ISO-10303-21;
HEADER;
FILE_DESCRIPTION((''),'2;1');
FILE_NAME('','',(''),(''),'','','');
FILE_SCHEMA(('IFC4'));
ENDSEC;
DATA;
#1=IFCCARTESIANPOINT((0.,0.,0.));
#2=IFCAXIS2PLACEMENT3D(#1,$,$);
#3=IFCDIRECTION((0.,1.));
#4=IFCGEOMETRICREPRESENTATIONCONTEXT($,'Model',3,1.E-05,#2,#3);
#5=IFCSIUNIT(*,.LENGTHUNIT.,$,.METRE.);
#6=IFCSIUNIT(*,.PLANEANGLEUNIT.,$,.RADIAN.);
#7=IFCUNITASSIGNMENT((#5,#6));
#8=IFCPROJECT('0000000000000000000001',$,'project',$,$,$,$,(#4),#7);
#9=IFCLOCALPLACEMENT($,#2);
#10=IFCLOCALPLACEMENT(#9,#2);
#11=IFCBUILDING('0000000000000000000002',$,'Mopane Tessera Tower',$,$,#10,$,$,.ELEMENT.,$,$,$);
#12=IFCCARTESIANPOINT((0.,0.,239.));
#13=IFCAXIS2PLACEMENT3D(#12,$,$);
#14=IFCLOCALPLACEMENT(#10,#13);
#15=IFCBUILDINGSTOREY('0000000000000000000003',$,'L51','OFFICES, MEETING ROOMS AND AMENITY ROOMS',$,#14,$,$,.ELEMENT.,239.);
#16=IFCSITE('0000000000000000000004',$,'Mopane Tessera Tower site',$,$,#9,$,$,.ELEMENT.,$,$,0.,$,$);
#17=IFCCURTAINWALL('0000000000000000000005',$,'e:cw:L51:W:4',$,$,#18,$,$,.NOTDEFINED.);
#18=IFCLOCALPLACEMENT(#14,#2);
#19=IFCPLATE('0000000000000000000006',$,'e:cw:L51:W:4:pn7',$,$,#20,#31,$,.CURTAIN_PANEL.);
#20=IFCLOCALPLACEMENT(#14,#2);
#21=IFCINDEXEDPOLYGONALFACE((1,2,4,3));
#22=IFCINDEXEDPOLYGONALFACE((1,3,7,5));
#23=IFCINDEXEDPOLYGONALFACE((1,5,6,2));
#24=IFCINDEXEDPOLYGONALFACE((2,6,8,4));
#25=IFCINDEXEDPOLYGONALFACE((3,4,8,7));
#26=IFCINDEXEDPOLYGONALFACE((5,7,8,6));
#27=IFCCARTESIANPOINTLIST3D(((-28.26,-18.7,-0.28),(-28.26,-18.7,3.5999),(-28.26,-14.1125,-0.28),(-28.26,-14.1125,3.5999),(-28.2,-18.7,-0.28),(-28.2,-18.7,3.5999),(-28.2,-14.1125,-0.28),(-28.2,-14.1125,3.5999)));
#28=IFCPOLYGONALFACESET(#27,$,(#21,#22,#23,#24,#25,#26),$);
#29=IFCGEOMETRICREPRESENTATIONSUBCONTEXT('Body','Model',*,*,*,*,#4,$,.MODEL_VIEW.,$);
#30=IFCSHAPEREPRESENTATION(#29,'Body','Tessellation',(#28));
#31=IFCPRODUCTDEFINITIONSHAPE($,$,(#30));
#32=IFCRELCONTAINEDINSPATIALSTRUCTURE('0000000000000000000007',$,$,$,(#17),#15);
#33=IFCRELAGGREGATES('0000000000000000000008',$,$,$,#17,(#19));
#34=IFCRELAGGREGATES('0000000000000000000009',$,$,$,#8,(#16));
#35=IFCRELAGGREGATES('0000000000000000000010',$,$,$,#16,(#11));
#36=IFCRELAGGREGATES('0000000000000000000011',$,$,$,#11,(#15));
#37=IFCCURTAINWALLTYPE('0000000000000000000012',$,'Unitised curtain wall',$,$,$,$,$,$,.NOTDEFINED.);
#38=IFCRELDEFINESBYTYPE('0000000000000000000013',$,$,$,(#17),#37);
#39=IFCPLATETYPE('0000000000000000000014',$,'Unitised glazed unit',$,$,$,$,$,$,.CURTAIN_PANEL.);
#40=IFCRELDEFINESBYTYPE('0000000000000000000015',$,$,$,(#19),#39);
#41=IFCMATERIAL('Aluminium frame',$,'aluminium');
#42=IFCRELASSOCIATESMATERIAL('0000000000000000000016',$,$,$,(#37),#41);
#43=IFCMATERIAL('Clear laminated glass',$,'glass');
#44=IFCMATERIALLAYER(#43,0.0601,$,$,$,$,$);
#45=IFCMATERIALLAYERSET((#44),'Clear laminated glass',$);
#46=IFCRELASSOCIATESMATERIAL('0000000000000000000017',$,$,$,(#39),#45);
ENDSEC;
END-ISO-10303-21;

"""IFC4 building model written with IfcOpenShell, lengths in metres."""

from ifc_helpers import new_model, si_unit, direction, frame, origin, origin_2d, place, context, subcontext, project, spatial, rectangle, extrude, material, layer, layer_set, type_object, element, aggregate, save


model = new_model("IFC4")

# Units and contexts
model_context = context("Model", 3, precision=1e-05, world=origin(), true_north=direction((0.0, 1.0)))
body_context = subcontext(model_context, "Body", "Model", "MODEL_VIEW")
ifc_project = project(units=[si_unit("LENGTHUNIT", "METRE"), si_unit("PLANEANGLEUNIT", "RADIAN")], contexts=[model_context])

# Site, building, storey
site_placement = place(None, origin())
site = spatial("IfcSite", under=ifc_project, at=site_placement, Name="Mopane Tessera Tower site", CompositionType="ELEMENT", RefElevation=0.0)
building_placement = place(site_placement, origin())
building = spatial("IfcBuilding", under=site, at=building_placement, Name="Mopane Tessera Tower", CompositionType="ELEMENT")
storey_placement = place(building_placement, frame((0.0, 0.0, 239.0)))
storey = spatial("IfcBuildingStorey", under=building, at=storey_placement, Name="L51", Description="OFFICES, MEETING ROOMS AND AMENITY ROOMS", CompositionType="ELEMENT", Elevation=239.0)

# Curtain wall
ifc_material_1 = material(Name="Aluminium frame", Category="aluminium")
curtain_wall_type = type_object("IfcCurtainWallType", Name="Unitised curtain wall", PredefinedType="NOTDEFINED", material=ifc_material_1)
curtain_wall_1_placement = place(storey_placement, origin())
curtain_wall_1 = element("IfcCurtainWall", 1, at=curtain_wall_1_placement, inside=storey, type_object=curtain_wall_type, Name="e:cw:L51:W:4", PredefinedType="NOTDEFINED")

# Plate
ifc_material_2 = material(Name="Clear laminated glass", Category="glass")
ifc_layer = layer(ifc_material_2, 0.0601)
ifc_layer_set = layer_set([ifc_layer], Name="Clear laminated glass")
plate_type = type_object("IfcPlateType", Name="Unitised glazed unit", PredefinedType="CURTAIN_PANEL", material=ifc_layer_set)
plate_1_placement = place(storey_placement, frame((-28.23, -16.4062, -0.28), z_axis=(0.0, 0.0, 1.0), x_axis=(0.0, -1.0, 0.0)))
plate_1 = element("IfcPlate", 2, at=plate_1_placement, type_object=plate_type, Name="e:cw:L51:W:4:pn7", PredefinedType="CURTAIN_PANEL", context=body_context, shape_type="SweptSolid", body=[
    extrude(rectangle(XDim=4.5874, YDim=0.0601, at=origin_2d()), origin(), (0.0, 0.0, 1.0), 3.8799),
])
aggregate(curtain_wall_1, [plate_1])

save(model, "model.ifc")
